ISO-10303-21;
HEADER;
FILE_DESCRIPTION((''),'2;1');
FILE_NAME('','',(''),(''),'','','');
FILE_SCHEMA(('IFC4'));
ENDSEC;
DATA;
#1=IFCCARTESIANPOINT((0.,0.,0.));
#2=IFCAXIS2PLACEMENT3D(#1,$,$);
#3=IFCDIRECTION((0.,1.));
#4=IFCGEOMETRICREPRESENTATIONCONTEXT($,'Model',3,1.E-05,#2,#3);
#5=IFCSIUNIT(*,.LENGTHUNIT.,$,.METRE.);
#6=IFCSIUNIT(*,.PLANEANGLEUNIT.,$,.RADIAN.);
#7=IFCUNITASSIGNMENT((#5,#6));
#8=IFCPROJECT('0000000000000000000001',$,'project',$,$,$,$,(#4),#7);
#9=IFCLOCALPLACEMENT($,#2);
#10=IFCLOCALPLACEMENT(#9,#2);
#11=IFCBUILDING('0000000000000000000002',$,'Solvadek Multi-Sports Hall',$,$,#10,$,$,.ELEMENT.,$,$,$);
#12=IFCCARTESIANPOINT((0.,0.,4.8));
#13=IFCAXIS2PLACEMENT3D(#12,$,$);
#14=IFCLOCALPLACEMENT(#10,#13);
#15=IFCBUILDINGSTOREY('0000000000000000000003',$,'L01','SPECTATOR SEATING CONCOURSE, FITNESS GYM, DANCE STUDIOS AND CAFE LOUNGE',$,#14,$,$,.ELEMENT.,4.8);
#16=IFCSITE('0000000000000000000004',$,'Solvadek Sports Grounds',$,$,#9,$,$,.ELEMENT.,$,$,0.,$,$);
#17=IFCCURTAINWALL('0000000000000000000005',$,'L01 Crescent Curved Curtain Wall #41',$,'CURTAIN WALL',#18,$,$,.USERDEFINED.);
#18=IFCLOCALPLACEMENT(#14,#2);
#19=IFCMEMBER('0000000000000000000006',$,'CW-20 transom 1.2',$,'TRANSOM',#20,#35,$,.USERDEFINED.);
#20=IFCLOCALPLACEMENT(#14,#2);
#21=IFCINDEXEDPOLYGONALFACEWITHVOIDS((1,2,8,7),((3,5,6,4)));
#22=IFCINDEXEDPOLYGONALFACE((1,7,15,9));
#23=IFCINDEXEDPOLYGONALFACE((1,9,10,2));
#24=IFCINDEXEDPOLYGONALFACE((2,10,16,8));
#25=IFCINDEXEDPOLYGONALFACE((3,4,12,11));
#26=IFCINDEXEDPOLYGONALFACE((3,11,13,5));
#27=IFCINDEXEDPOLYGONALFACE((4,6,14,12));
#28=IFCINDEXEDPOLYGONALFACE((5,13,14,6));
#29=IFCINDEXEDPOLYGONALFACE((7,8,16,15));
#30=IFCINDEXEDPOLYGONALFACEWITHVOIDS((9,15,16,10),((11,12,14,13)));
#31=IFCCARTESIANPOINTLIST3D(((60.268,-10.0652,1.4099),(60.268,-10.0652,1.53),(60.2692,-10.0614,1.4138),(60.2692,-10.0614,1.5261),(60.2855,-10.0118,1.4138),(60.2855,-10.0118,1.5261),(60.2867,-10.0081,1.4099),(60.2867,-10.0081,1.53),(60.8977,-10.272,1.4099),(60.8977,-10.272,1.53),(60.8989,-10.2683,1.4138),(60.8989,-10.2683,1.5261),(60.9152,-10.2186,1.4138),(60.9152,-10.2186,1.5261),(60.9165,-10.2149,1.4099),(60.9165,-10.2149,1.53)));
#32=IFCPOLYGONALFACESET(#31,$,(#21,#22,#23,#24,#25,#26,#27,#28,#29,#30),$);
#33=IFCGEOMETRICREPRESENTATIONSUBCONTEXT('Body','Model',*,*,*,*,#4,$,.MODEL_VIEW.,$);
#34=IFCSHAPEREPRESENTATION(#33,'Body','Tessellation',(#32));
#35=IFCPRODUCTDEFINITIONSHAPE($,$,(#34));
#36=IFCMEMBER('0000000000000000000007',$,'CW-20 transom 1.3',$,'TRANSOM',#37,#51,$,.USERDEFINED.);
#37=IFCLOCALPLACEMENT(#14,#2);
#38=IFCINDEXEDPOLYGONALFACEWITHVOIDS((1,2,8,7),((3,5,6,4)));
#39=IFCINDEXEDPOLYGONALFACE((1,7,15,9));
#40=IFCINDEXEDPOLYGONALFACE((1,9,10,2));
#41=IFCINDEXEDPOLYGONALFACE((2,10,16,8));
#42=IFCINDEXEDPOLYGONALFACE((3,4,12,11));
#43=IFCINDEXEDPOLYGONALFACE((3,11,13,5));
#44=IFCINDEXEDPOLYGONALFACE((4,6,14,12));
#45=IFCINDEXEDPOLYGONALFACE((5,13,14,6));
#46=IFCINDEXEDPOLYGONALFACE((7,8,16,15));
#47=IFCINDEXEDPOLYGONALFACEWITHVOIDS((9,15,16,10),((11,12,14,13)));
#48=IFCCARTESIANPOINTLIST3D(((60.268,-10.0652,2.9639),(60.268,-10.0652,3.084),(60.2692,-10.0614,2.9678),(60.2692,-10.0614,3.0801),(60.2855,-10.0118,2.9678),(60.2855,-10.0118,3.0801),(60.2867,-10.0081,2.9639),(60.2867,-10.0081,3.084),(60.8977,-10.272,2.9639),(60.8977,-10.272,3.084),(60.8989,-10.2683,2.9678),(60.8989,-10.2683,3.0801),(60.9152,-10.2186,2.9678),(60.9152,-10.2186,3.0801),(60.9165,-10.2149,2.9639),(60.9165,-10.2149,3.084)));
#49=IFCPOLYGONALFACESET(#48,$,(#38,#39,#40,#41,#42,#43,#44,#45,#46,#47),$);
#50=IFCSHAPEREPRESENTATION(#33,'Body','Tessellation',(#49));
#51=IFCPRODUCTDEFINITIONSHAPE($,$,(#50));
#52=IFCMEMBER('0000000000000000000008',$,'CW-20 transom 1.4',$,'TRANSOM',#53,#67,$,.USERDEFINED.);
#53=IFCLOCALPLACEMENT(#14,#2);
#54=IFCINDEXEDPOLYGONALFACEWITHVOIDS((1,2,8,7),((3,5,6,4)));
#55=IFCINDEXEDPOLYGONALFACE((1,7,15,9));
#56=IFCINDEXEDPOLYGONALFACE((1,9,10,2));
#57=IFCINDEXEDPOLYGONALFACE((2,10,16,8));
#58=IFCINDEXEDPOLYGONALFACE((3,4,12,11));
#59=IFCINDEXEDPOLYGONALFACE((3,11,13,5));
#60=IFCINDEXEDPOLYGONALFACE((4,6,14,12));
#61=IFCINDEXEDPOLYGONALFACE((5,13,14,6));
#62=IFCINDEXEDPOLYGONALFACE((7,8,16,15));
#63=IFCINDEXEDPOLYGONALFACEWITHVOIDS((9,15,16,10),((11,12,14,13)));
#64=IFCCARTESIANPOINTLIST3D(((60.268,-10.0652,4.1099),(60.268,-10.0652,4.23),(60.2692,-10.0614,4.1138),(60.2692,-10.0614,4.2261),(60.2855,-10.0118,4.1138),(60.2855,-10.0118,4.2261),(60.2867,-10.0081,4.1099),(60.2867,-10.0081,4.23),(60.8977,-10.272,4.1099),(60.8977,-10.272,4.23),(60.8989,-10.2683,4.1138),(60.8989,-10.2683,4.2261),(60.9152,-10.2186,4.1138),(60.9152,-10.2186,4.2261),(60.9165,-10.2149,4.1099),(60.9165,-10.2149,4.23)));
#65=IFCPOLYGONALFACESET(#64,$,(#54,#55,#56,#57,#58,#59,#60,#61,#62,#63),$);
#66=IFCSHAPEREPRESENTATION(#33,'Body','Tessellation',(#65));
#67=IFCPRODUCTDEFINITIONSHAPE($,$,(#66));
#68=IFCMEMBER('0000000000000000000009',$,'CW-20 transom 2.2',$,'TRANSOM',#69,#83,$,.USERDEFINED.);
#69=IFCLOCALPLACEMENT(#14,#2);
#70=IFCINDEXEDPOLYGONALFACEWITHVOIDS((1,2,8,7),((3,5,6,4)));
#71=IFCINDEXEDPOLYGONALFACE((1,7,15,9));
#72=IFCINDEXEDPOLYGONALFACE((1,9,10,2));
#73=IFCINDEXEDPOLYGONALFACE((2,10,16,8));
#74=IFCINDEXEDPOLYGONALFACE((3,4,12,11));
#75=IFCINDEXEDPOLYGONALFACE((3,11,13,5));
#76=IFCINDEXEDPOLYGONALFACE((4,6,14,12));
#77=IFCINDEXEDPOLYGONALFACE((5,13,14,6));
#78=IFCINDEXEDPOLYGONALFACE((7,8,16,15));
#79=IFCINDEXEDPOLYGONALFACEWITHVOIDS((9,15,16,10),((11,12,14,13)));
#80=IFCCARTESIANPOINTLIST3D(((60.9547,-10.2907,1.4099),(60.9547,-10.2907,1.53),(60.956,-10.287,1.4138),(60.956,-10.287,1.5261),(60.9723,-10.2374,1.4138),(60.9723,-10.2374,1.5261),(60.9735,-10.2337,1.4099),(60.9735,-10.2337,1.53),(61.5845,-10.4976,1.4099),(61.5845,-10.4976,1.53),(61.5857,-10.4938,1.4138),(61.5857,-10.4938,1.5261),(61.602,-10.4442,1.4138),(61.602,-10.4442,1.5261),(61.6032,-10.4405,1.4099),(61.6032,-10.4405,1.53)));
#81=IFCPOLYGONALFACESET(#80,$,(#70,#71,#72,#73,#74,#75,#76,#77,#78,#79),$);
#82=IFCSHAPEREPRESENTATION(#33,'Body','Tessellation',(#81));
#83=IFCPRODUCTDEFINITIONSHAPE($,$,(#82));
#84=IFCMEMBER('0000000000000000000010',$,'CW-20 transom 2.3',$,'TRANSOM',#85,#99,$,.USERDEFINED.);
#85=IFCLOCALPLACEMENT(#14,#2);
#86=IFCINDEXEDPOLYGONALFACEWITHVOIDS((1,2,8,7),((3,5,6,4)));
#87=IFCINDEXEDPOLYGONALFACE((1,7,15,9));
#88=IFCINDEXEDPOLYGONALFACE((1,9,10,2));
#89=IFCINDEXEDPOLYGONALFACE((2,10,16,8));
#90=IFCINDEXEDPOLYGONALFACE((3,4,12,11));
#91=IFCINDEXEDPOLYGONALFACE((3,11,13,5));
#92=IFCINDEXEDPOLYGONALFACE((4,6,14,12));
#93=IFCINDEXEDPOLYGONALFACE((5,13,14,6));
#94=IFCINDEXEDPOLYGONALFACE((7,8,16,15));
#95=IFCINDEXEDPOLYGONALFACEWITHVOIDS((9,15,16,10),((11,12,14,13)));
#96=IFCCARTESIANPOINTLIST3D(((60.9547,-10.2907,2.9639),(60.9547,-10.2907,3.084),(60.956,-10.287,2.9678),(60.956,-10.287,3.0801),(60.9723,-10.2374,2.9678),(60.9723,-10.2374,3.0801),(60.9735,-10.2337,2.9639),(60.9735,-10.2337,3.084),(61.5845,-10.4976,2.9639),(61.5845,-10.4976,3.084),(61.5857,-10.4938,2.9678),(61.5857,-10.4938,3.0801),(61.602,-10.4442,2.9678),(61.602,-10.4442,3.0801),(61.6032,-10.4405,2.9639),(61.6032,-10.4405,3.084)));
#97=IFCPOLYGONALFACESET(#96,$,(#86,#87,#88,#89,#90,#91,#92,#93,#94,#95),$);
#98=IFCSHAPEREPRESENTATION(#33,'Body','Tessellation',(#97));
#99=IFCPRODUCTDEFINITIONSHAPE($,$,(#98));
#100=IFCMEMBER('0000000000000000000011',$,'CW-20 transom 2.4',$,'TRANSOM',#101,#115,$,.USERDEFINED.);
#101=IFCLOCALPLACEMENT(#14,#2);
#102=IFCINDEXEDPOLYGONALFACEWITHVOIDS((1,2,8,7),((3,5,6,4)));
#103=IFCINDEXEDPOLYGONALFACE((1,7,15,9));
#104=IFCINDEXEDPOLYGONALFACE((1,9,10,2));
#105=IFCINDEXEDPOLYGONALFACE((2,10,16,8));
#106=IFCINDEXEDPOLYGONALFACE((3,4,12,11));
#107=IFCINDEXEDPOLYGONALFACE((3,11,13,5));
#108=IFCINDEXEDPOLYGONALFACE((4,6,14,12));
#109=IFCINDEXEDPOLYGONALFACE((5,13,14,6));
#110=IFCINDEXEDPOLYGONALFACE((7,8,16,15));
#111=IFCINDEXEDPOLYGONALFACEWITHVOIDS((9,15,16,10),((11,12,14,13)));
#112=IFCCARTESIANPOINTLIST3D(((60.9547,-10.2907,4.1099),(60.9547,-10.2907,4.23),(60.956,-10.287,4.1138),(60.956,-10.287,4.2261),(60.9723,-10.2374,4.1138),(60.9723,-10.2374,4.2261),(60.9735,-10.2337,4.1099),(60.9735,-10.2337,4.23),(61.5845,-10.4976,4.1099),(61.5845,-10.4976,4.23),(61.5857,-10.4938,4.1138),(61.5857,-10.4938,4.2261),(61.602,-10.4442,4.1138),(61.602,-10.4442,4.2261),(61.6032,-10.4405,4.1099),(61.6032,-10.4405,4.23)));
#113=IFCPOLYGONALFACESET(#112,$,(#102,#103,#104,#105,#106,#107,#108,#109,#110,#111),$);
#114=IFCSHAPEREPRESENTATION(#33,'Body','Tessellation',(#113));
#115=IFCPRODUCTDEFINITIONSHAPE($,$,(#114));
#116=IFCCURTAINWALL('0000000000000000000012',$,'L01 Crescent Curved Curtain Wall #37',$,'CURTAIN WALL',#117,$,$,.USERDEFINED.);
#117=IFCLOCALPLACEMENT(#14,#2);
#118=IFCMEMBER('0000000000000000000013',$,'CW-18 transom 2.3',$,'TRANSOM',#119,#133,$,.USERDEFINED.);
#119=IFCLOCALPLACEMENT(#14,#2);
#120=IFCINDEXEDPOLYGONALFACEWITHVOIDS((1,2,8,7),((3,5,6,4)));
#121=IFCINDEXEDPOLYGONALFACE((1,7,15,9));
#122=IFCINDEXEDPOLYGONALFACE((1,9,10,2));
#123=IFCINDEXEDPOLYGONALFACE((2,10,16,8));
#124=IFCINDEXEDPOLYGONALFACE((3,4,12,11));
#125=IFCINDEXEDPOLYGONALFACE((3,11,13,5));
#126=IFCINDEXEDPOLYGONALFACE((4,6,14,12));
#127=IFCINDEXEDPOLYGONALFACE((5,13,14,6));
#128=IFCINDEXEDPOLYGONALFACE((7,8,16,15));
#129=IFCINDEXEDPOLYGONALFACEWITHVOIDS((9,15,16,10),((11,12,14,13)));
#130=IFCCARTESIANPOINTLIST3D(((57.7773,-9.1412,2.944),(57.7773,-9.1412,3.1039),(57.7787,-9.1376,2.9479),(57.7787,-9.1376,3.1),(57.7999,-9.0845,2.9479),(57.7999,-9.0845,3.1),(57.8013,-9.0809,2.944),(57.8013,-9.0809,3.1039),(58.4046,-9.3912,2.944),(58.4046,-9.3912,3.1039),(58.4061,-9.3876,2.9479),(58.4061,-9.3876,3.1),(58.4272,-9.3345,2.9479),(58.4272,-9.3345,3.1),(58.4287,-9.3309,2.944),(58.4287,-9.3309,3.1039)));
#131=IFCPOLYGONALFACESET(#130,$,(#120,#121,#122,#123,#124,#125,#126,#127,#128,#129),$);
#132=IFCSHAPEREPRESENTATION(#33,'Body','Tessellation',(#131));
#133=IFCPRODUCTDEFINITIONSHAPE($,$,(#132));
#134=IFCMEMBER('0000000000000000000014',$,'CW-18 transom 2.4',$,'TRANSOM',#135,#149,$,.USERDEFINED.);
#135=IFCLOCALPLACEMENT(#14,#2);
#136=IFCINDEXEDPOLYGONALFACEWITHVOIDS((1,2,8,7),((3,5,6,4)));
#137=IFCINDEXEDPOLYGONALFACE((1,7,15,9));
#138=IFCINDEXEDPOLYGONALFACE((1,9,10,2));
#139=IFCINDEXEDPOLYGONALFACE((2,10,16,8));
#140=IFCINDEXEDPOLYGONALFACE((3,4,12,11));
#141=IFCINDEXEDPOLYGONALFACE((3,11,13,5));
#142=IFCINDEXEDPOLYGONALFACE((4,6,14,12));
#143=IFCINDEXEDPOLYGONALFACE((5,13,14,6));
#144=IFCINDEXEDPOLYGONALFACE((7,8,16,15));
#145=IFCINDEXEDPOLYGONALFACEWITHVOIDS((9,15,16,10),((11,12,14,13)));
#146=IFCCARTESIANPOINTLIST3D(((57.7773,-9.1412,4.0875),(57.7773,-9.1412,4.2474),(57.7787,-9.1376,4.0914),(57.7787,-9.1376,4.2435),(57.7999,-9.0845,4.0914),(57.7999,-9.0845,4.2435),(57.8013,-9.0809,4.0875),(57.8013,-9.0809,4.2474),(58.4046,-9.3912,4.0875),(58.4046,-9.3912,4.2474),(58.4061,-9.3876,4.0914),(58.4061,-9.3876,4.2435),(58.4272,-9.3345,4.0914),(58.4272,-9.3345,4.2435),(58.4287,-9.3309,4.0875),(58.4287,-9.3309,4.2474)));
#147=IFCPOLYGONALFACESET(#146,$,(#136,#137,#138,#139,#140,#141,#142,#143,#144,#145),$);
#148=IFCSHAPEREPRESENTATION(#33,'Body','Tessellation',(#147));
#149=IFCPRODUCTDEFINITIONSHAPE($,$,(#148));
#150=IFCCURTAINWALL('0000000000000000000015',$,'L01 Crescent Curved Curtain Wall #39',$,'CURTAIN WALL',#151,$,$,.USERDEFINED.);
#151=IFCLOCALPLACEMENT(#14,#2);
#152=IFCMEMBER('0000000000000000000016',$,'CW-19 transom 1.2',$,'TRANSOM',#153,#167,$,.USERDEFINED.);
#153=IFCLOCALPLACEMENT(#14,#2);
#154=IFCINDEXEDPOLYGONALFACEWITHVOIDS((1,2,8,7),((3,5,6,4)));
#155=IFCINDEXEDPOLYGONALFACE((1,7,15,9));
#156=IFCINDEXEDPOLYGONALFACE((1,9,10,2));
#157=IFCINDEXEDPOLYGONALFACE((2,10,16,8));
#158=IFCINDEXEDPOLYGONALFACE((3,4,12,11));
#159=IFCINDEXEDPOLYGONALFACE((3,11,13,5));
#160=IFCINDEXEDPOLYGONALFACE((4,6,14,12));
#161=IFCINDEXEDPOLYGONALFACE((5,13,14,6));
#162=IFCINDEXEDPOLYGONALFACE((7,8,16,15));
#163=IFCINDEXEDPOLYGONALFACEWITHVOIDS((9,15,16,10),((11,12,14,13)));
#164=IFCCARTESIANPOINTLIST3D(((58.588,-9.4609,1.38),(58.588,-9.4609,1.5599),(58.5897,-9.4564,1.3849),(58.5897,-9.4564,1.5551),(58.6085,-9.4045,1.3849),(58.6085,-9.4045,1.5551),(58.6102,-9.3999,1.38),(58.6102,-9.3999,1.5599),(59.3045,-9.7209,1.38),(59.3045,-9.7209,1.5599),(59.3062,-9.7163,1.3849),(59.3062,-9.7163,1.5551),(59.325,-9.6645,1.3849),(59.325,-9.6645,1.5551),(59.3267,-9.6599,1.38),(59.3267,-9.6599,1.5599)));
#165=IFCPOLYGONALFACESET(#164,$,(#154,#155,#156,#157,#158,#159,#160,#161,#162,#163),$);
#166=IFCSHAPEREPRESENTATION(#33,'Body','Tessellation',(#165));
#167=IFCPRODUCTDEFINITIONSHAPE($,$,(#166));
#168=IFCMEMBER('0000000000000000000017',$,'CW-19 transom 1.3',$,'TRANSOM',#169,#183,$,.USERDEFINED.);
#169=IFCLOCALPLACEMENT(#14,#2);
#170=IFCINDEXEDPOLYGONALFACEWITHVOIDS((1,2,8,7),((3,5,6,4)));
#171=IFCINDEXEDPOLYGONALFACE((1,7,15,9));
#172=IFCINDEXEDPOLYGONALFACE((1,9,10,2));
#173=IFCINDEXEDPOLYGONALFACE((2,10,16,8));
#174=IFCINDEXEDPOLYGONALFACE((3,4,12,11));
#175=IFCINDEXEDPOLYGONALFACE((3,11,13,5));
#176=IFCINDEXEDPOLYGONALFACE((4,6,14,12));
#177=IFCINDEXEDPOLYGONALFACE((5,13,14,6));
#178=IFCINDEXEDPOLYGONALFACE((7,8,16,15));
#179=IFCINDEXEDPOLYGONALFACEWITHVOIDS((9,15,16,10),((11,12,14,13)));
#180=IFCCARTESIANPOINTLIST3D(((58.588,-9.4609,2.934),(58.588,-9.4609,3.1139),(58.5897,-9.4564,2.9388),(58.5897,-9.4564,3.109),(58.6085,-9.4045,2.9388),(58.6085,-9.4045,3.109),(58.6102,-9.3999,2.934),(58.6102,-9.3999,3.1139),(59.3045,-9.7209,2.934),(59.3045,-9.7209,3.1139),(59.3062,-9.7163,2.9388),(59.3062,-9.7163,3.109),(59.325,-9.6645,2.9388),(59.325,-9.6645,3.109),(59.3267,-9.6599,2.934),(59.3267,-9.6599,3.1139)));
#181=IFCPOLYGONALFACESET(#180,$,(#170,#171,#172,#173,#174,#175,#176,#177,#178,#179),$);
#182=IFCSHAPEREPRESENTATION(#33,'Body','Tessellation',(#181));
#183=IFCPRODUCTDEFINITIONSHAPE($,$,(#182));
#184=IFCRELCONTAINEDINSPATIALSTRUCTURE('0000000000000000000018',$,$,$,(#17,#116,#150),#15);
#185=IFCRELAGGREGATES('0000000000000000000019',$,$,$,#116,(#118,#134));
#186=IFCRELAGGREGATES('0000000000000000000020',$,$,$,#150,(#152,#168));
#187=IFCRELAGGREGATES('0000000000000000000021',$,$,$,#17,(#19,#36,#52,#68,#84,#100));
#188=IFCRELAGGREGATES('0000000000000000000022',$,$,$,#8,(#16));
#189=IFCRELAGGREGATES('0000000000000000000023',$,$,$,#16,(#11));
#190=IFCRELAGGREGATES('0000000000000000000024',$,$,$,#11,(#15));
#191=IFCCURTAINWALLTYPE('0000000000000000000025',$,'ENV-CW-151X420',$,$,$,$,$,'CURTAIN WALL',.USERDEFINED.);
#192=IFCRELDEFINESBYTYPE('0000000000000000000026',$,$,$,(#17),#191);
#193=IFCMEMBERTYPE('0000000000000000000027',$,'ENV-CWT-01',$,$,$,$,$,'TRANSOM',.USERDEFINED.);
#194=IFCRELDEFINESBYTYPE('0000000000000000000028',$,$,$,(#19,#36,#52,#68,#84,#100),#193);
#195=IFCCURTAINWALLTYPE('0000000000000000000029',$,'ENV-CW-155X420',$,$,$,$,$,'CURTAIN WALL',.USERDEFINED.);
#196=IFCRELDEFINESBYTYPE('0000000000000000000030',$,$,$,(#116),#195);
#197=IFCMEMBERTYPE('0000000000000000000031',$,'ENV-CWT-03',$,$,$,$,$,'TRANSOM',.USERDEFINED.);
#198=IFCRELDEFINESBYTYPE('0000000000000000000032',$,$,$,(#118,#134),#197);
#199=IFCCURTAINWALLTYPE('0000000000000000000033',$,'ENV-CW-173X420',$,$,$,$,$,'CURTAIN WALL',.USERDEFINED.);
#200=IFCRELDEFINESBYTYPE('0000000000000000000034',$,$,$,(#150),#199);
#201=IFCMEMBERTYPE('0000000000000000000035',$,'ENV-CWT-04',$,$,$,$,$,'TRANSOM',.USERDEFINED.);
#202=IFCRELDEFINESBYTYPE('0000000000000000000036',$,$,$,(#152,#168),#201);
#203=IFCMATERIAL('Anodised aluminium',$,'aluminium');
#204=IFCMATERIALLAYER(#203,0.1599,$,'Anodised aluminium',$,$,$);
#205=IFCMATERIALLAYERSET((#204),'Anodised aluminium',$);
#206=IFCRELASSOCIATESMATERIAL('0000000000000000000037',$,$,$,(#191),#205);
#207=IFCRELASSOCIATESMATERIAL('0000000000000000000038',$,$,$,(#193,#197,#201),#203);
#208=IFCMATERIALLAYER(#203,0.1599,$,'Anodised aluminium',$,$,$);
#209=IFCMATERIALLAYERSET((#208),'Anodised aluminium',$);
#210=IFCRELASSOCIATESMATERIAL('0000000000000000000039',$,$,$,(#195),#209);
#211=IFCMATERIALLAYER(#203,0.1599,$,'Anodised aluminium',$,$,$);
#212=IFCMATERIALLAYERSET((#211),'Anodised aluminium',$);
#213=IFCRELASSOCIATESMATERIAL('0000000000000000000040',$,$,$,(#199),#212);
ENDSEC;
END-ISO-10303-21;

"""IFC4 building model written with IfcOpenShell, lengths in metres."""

from ifc_helpers import new_model, si_unit, direction, frame, origin, origin_2d, place, context, subcontext, project, spatial, hollow_rectangle, extrude, material, layer, layer_set, material_profile, profile_set, type_object, element, aggregate, save


model = new_model("IFC4")

# Units and contexts
model_context = context("Model", 3, precision=1e-05, world=origin(), true_north=direction((0.0, 1.0)))
body_context = subcontext(model_context, "Body", "Model", "MODEL_VIEW")
ifc_project = project(units=[si_unit("LENGTHUNIT", "METRE"), si_unit("PLANEANGLEUNIT", "RADIAN")], contexts=[model_context])

# Site, building, storey
site_placement = place(None, origin())
site = spatial("IfcSite", under=ifc_project, at=site_placement, Name="Solvadek Sports Grounds", CompositionType="ELEMENT", RefElevation=0.0)
building_placement = place(site_placement, origin())
building = spatial("IfcBuilding", under=site, at=building_placement, Name="Solvadek Multi-Sports Hall", CompositionType="ELEMENT")
storey_placement = place(building_placement, frame((0.0, 0.0, 4.8)))
storey = spatial("IfcBuildingStorey", under=building, at=storey_placement, Name="L01", Description="SPECTATOR SEATING CONCOURSE, FITNESS GYM, DANCE STUDIOS AND CAFE LOUNGE", CompositionType="ELEMENT", Elevation=4.8)

# Curtain walls, members
ifc_material_1 = material(Name="Anodised aluminium", Category="aluminium")
ifc_layer_1 = layer(ifc_material_1, 0.1599, Name="Anodised aluminium")
ifc_layer_set_1 = layer_set([ifc_layer_1], Name="Anodised aluminium")
curtain_wall_type_1 = type_object("IfcCurtainWallType", Name="ENV-CW-151X420", ElementType="CURTAIN WALL", PredefinedType="USERDEFINED", material=ifc_layer_set_1)
curtain_wall_1_placement = place(storey_placement, origin())
curtain_wall_1 = element("IfcCurtainWall", 1, at=curtain_wall_1_placement, inside=storey, type_object=curtain_wall_type_1, Name="L01 Crescent Curved Curtain Wall #41", ObjectType="CURTAIN WALL", PredefinedType="USERDEFINED")
ifc_material_profile_1 = material_profile(ifc_material_1, hollow_rectangle(XDim=0.0601, YDim=0.1201, WallThickness=0.0039, at=origin_2d()), Name="ALU-T 120x60x4")
ifc_profile_set_1 = profile_set([ifc_material_profile_1], Name="Anodised aluminium")
member_type_1 = type_object("IfcMemberType", Name="ENV-CWT-01", ElementType="TRANSOM", PredefinedType="USERDEFINED", material=ifc_profile_set_1)
member_1_placement = place(storey_placement, frame((60.2773, -10.0366, 1.47), z_axis=(0.950074, -0.312025, 0.0), x_axis=(0.312025, 0.950074, 0.0)))
member_1 = element("IfcMember", 2, at=member_1_placement, type_object=member_type_1, Name="CW-20 transom 1.2", ObjectType="TRANSOM", PredefinedType="USERDEFINED", context=body_context, shape_type="SweptSolid", body=[
    extrude(hollow_rectangle(XDim=0.0601, YDim=0.1201, WallThickness=0.0039, at=origin_2d()), origin(), (0.0, 0.0, 1.0), 0.6628),
])
member_2_placement = place(storey_placement, frame((60.2773, -10.0366, 3.0239), z_axis=(0.950074, -0.312025, 0.0), x_axis=(0.312025, 0.950074, 0.0)))
member_2 = element("IfcMember", 3, at=member_2_placement, type_object=member_type_1, Name="CW-20 transom 1.3", ObjectType="TRANSOM", PredefinedType="USERDEFINED", context=body_context, shape_type="SweptSolid", body=[
    extrude(hollow_rectangle(XDim=0.0601, YDim=0.1201, WallThickness=0.0039, at=origin_2d()), origin(), (0.0, 0.0, 1.0), 0.6628),
])
member_3_placement = place(storey_placement, frame((60.2773, -10.0366, 4.1699), z_axis=(0.950074, -0.312025, 0.0), x_axis=(0.312025, 0.950074, 0.0)))
member_3 = element("IfcMember", 4, at=member_3_placement, type_object=member_type_1, Name="CW-20 transom 1.4", ObjectType="TRANSOM", PredefinedType="USERDEFINED", context=body_context, shape_type="SweptSolid", body=[
    extrude(hollow_rectangle(XDim=0.0601, YDim=0.1201, WallThickness=0.0039, at=origin_2d()), origin(), (0.0, 0.0, 1.0), 0.6628),
])
member_4_placement = place(storey_placement, frame((60.9641, -10.2622, 1.47), z_axis=(0.950074, -0.312025, 0.0), x_axis=(0.312025, 0.950074, 0.0)))
member_4 = element("IfcMember", 5, at=member_4_placement, type_object=member_type_1, Name="CW-20 transom 2.2", ObjectType="TRANSOM", PredefinedType="USERDEFINED", context=body_context, shape_type="SweptSolid", body=[
    extrude(hollow_rectangle(XDim=0.0601, YDim=0.1201, WallThickness=0.0039, at=origin_2d()), origin(), (0.0, 0.0, 1.0), 0.6628),
])
member_5_placement = place(storey_placement, frame((60.9641, -10.2622, 3.0239), z_axis=(0.950074, -0.312025, 0.0), x_axis=(0.312025, 0.950074, 0.0)))
member_5 = element("IfcMember", 6, at=member_5_placement, type_object=member_type_1, Name="CW-20 transom 2.3", ObjectType="TRANSOM", PredefinedType="USERDEFINED", context=body_context, shape_type="SweptSolid", body=[
    extrude(hollow_rectangle(XDim=0.0601, YDim=0.1201, WallThickness=0.0039, at=origin_2d()), origin(), (0.0, 0.0, 1.0), 0.6628),
])
member_6_placement = place(storey_placement, frame((60.9641, -10.2622, 4.1699), z_axis=(0.950074, -0.312025, 0.0), x_axis=(0.312025, 0.950074, 0.0)))
member_6 = element("IfcMember", 7, at=member_6_placement, type_object=member_type_1, Name="CW-20 transom 2.4", ObjectType="TRANSOM", PredefinedType="USERDEFINED", context=body_context, shape_type="SweptSolid", body=[
    extrude(hollow_rectangle(XDim=0.0601, YDim=0.1201, WallThickness=0.0039, at=origin_2d()), origin(), (0.0, 0.0, 1.0), 0.6628),
])
ifc_layer_2 = layer(ifc_material_1, 0.1599, Name="Anodised aluminium")
ifc_layer_set_2 = layer_set([ifc_layer_2], Name="Anodised aluminium")
curtain_wall_type_2 = type_object("IfcCurtainWallType", Name="ENV-CW-155X420", ElementType="CURTAIN WALL", PredefinedType="USERDEFINED", material=ifc_layer_set_2)
curtain_wall_2_placement = place(storey_placement, origin())
curtain_wall_2 = element("IfcCurtainWall", 8, at=curtain_wall_2_placement, inside=storey, type_object=curtain_wall_type_2, Name="L01 Crescent Curved Curtain Wall #37", ObjectType="CURTAIN WALL", PredefinedType="USERDEFINED")
ifc_material_profile_2 = material_profile(ifc_material_1, hollow_rectangle(XDim=0.0649, YDim=0.1599, WallThickness=0.0039, at=origin_2d()), Name="ALU-T 160x65x4")
ifc_profile_set_2 = profile_set([ifc_material_profile_2], Name="Anodised aluminium")
member_type_2 = type_object("IfcMemberType", Name="ENV-CWT-03", ElementType="TRANSOM", PredefinedType="USERDEFINED", material=ifc_profile_set_2)
member_7_placement = place(storey_placement, frame((57.7893, -9.1111, 3.0239), z_axis=(0.928974, -0.370144, 0.0), x_axis=(0.370144, 0.928974, 0.0)))
member_7 = element("IfcMember", 9, at=member_7_placement, type_object=member_type_2, Name="CW-18 transom 2.3", ObjectType="TRANSOM", PredefinedType="USERDEFINED", context=body_context, shape_type="SweptSolid", body=[
    extrude(hollow_rectangle(XDim=0.0649, YDim=0.1599, WallThickness=0.0039, at=origin_2d()), origin(), (0.0, 0.0, 1.0), 0.6753),
])
member_8_placement = place(storey_placement, frame((57.7893, -9.1111, 4.1675), z_axis=(0.928974, -0.370144, 0.0), x_axis=(0.370144, 0.928974, 0.0)))
member_8 = element("IfcMember", 10, at=member_8_placement, type_object=member_type_2, Name="CW-18 transom 2.4", ObjectType="TRANSOM", PredefinedType="USERDEFINED", context=body_context, shape_type="SweptSolid", body=[
    extrude(hollow_rectangle(XDim=0.0649, YDim=0.1599, WallThickness=0.0039, at=origin_2d()), origin(), (0.0, 0.0, 1.0), 0.6753),
])
ifc_layer_3 = layer(ifc_material_1, 0.1599, Name="Anodised aluminium")
ifc_layer_set_3 = layer_set([ifc_layer_3], Name="Anodised aluminium")
curtain_wall_type_3 = type_object("IfcCurtainWallType", Name="ENV-CW-173X420", ElementType="CURTAIN WALL", PredefinedType="USERDEFINED", material=ifc_layer_set_3)
curtain_wall_3_placement = place(storey_placement, origin())
curtain_wall_3 = element("IfcCurtainWall", 11, at=curtain_wall_3_placement, inside=storey, type_object=curtain_wall_type_3, Name="L01 Crescent Curved Curtain Wall #39", ObjectType="CURTAIN WALL", PredefinedType="USERDEFINED")
ifc_material_profile_3 = material_profile(ifc_material_1, hollow_rectangle(XDim=0.0649, YDim=0.1799, WallThickness=0.0049, at=origin_2d()), Name="ALU-T 180x65x5")
ifc_profile_set_3 = profile_set([ifc_material_profile_3], Name="Anodised aluminium")
member_type_3 = type_object("IfcMemberType", Name="ENV-CWT-04", ElementType="TRANSOM", PredefinedType="USERDEFINED", material=ifc_profile_set_3)
member_9_placement = place(storey_placement, frame((58.5991, -9.4304, 1.47), z_axis=(0.940027, -0.3411, 0.0), x_axis=(0.3411, 0.940027, 0.0)))
member_9 = element("IfcMember", 12, at=member_9_placement, type_object=member_type_3, Name="CW-19 transom 1.2", ObjectType="TRANSOM", PredefinedType="USERDEFINED", context=body_context, shape_type="SweptSolid", body=[
    extrude(hollow_rectangle(XDim=0.0649, YDim=0.1799, WallThickness=0.0049, at=origin_2d()), origin(), (0.0, 0.0, 1.0), 0.7622),
])
member_10_placement = place(storey_placement, frame((58.5991, -9.4304, 3.0239), z_axis=(0.940027, -0.3411, 0.0), x_axis=(0.3411, 0.940027, 0.0)))
member_10 = element("IfcMember", 13, at=member_10_placement, type_object=member_type_3, Name="CW-19 transom 1.3", ObjectType="TRANSOM", PredefinedType="USERDEFINED", context=body_context, shape_type="SweptSolid", body=[
    extrude(hollow_rectangle(XDim=0.0649, YDim=0.1799, WallThickness=0.0049, at=origin_2d()), origin(), (0.0, 0.0, 1.0), 0.7622),
])

aggregate(curtain_wall_2, [member_7, member_8])
aggregate(curtain_wall_3, [member_9, member_10])
aggregate(curtain_wall_1, [member_1, member_2, member_3, member_4, member_5, member_6])

save(model, "model.ifc")
